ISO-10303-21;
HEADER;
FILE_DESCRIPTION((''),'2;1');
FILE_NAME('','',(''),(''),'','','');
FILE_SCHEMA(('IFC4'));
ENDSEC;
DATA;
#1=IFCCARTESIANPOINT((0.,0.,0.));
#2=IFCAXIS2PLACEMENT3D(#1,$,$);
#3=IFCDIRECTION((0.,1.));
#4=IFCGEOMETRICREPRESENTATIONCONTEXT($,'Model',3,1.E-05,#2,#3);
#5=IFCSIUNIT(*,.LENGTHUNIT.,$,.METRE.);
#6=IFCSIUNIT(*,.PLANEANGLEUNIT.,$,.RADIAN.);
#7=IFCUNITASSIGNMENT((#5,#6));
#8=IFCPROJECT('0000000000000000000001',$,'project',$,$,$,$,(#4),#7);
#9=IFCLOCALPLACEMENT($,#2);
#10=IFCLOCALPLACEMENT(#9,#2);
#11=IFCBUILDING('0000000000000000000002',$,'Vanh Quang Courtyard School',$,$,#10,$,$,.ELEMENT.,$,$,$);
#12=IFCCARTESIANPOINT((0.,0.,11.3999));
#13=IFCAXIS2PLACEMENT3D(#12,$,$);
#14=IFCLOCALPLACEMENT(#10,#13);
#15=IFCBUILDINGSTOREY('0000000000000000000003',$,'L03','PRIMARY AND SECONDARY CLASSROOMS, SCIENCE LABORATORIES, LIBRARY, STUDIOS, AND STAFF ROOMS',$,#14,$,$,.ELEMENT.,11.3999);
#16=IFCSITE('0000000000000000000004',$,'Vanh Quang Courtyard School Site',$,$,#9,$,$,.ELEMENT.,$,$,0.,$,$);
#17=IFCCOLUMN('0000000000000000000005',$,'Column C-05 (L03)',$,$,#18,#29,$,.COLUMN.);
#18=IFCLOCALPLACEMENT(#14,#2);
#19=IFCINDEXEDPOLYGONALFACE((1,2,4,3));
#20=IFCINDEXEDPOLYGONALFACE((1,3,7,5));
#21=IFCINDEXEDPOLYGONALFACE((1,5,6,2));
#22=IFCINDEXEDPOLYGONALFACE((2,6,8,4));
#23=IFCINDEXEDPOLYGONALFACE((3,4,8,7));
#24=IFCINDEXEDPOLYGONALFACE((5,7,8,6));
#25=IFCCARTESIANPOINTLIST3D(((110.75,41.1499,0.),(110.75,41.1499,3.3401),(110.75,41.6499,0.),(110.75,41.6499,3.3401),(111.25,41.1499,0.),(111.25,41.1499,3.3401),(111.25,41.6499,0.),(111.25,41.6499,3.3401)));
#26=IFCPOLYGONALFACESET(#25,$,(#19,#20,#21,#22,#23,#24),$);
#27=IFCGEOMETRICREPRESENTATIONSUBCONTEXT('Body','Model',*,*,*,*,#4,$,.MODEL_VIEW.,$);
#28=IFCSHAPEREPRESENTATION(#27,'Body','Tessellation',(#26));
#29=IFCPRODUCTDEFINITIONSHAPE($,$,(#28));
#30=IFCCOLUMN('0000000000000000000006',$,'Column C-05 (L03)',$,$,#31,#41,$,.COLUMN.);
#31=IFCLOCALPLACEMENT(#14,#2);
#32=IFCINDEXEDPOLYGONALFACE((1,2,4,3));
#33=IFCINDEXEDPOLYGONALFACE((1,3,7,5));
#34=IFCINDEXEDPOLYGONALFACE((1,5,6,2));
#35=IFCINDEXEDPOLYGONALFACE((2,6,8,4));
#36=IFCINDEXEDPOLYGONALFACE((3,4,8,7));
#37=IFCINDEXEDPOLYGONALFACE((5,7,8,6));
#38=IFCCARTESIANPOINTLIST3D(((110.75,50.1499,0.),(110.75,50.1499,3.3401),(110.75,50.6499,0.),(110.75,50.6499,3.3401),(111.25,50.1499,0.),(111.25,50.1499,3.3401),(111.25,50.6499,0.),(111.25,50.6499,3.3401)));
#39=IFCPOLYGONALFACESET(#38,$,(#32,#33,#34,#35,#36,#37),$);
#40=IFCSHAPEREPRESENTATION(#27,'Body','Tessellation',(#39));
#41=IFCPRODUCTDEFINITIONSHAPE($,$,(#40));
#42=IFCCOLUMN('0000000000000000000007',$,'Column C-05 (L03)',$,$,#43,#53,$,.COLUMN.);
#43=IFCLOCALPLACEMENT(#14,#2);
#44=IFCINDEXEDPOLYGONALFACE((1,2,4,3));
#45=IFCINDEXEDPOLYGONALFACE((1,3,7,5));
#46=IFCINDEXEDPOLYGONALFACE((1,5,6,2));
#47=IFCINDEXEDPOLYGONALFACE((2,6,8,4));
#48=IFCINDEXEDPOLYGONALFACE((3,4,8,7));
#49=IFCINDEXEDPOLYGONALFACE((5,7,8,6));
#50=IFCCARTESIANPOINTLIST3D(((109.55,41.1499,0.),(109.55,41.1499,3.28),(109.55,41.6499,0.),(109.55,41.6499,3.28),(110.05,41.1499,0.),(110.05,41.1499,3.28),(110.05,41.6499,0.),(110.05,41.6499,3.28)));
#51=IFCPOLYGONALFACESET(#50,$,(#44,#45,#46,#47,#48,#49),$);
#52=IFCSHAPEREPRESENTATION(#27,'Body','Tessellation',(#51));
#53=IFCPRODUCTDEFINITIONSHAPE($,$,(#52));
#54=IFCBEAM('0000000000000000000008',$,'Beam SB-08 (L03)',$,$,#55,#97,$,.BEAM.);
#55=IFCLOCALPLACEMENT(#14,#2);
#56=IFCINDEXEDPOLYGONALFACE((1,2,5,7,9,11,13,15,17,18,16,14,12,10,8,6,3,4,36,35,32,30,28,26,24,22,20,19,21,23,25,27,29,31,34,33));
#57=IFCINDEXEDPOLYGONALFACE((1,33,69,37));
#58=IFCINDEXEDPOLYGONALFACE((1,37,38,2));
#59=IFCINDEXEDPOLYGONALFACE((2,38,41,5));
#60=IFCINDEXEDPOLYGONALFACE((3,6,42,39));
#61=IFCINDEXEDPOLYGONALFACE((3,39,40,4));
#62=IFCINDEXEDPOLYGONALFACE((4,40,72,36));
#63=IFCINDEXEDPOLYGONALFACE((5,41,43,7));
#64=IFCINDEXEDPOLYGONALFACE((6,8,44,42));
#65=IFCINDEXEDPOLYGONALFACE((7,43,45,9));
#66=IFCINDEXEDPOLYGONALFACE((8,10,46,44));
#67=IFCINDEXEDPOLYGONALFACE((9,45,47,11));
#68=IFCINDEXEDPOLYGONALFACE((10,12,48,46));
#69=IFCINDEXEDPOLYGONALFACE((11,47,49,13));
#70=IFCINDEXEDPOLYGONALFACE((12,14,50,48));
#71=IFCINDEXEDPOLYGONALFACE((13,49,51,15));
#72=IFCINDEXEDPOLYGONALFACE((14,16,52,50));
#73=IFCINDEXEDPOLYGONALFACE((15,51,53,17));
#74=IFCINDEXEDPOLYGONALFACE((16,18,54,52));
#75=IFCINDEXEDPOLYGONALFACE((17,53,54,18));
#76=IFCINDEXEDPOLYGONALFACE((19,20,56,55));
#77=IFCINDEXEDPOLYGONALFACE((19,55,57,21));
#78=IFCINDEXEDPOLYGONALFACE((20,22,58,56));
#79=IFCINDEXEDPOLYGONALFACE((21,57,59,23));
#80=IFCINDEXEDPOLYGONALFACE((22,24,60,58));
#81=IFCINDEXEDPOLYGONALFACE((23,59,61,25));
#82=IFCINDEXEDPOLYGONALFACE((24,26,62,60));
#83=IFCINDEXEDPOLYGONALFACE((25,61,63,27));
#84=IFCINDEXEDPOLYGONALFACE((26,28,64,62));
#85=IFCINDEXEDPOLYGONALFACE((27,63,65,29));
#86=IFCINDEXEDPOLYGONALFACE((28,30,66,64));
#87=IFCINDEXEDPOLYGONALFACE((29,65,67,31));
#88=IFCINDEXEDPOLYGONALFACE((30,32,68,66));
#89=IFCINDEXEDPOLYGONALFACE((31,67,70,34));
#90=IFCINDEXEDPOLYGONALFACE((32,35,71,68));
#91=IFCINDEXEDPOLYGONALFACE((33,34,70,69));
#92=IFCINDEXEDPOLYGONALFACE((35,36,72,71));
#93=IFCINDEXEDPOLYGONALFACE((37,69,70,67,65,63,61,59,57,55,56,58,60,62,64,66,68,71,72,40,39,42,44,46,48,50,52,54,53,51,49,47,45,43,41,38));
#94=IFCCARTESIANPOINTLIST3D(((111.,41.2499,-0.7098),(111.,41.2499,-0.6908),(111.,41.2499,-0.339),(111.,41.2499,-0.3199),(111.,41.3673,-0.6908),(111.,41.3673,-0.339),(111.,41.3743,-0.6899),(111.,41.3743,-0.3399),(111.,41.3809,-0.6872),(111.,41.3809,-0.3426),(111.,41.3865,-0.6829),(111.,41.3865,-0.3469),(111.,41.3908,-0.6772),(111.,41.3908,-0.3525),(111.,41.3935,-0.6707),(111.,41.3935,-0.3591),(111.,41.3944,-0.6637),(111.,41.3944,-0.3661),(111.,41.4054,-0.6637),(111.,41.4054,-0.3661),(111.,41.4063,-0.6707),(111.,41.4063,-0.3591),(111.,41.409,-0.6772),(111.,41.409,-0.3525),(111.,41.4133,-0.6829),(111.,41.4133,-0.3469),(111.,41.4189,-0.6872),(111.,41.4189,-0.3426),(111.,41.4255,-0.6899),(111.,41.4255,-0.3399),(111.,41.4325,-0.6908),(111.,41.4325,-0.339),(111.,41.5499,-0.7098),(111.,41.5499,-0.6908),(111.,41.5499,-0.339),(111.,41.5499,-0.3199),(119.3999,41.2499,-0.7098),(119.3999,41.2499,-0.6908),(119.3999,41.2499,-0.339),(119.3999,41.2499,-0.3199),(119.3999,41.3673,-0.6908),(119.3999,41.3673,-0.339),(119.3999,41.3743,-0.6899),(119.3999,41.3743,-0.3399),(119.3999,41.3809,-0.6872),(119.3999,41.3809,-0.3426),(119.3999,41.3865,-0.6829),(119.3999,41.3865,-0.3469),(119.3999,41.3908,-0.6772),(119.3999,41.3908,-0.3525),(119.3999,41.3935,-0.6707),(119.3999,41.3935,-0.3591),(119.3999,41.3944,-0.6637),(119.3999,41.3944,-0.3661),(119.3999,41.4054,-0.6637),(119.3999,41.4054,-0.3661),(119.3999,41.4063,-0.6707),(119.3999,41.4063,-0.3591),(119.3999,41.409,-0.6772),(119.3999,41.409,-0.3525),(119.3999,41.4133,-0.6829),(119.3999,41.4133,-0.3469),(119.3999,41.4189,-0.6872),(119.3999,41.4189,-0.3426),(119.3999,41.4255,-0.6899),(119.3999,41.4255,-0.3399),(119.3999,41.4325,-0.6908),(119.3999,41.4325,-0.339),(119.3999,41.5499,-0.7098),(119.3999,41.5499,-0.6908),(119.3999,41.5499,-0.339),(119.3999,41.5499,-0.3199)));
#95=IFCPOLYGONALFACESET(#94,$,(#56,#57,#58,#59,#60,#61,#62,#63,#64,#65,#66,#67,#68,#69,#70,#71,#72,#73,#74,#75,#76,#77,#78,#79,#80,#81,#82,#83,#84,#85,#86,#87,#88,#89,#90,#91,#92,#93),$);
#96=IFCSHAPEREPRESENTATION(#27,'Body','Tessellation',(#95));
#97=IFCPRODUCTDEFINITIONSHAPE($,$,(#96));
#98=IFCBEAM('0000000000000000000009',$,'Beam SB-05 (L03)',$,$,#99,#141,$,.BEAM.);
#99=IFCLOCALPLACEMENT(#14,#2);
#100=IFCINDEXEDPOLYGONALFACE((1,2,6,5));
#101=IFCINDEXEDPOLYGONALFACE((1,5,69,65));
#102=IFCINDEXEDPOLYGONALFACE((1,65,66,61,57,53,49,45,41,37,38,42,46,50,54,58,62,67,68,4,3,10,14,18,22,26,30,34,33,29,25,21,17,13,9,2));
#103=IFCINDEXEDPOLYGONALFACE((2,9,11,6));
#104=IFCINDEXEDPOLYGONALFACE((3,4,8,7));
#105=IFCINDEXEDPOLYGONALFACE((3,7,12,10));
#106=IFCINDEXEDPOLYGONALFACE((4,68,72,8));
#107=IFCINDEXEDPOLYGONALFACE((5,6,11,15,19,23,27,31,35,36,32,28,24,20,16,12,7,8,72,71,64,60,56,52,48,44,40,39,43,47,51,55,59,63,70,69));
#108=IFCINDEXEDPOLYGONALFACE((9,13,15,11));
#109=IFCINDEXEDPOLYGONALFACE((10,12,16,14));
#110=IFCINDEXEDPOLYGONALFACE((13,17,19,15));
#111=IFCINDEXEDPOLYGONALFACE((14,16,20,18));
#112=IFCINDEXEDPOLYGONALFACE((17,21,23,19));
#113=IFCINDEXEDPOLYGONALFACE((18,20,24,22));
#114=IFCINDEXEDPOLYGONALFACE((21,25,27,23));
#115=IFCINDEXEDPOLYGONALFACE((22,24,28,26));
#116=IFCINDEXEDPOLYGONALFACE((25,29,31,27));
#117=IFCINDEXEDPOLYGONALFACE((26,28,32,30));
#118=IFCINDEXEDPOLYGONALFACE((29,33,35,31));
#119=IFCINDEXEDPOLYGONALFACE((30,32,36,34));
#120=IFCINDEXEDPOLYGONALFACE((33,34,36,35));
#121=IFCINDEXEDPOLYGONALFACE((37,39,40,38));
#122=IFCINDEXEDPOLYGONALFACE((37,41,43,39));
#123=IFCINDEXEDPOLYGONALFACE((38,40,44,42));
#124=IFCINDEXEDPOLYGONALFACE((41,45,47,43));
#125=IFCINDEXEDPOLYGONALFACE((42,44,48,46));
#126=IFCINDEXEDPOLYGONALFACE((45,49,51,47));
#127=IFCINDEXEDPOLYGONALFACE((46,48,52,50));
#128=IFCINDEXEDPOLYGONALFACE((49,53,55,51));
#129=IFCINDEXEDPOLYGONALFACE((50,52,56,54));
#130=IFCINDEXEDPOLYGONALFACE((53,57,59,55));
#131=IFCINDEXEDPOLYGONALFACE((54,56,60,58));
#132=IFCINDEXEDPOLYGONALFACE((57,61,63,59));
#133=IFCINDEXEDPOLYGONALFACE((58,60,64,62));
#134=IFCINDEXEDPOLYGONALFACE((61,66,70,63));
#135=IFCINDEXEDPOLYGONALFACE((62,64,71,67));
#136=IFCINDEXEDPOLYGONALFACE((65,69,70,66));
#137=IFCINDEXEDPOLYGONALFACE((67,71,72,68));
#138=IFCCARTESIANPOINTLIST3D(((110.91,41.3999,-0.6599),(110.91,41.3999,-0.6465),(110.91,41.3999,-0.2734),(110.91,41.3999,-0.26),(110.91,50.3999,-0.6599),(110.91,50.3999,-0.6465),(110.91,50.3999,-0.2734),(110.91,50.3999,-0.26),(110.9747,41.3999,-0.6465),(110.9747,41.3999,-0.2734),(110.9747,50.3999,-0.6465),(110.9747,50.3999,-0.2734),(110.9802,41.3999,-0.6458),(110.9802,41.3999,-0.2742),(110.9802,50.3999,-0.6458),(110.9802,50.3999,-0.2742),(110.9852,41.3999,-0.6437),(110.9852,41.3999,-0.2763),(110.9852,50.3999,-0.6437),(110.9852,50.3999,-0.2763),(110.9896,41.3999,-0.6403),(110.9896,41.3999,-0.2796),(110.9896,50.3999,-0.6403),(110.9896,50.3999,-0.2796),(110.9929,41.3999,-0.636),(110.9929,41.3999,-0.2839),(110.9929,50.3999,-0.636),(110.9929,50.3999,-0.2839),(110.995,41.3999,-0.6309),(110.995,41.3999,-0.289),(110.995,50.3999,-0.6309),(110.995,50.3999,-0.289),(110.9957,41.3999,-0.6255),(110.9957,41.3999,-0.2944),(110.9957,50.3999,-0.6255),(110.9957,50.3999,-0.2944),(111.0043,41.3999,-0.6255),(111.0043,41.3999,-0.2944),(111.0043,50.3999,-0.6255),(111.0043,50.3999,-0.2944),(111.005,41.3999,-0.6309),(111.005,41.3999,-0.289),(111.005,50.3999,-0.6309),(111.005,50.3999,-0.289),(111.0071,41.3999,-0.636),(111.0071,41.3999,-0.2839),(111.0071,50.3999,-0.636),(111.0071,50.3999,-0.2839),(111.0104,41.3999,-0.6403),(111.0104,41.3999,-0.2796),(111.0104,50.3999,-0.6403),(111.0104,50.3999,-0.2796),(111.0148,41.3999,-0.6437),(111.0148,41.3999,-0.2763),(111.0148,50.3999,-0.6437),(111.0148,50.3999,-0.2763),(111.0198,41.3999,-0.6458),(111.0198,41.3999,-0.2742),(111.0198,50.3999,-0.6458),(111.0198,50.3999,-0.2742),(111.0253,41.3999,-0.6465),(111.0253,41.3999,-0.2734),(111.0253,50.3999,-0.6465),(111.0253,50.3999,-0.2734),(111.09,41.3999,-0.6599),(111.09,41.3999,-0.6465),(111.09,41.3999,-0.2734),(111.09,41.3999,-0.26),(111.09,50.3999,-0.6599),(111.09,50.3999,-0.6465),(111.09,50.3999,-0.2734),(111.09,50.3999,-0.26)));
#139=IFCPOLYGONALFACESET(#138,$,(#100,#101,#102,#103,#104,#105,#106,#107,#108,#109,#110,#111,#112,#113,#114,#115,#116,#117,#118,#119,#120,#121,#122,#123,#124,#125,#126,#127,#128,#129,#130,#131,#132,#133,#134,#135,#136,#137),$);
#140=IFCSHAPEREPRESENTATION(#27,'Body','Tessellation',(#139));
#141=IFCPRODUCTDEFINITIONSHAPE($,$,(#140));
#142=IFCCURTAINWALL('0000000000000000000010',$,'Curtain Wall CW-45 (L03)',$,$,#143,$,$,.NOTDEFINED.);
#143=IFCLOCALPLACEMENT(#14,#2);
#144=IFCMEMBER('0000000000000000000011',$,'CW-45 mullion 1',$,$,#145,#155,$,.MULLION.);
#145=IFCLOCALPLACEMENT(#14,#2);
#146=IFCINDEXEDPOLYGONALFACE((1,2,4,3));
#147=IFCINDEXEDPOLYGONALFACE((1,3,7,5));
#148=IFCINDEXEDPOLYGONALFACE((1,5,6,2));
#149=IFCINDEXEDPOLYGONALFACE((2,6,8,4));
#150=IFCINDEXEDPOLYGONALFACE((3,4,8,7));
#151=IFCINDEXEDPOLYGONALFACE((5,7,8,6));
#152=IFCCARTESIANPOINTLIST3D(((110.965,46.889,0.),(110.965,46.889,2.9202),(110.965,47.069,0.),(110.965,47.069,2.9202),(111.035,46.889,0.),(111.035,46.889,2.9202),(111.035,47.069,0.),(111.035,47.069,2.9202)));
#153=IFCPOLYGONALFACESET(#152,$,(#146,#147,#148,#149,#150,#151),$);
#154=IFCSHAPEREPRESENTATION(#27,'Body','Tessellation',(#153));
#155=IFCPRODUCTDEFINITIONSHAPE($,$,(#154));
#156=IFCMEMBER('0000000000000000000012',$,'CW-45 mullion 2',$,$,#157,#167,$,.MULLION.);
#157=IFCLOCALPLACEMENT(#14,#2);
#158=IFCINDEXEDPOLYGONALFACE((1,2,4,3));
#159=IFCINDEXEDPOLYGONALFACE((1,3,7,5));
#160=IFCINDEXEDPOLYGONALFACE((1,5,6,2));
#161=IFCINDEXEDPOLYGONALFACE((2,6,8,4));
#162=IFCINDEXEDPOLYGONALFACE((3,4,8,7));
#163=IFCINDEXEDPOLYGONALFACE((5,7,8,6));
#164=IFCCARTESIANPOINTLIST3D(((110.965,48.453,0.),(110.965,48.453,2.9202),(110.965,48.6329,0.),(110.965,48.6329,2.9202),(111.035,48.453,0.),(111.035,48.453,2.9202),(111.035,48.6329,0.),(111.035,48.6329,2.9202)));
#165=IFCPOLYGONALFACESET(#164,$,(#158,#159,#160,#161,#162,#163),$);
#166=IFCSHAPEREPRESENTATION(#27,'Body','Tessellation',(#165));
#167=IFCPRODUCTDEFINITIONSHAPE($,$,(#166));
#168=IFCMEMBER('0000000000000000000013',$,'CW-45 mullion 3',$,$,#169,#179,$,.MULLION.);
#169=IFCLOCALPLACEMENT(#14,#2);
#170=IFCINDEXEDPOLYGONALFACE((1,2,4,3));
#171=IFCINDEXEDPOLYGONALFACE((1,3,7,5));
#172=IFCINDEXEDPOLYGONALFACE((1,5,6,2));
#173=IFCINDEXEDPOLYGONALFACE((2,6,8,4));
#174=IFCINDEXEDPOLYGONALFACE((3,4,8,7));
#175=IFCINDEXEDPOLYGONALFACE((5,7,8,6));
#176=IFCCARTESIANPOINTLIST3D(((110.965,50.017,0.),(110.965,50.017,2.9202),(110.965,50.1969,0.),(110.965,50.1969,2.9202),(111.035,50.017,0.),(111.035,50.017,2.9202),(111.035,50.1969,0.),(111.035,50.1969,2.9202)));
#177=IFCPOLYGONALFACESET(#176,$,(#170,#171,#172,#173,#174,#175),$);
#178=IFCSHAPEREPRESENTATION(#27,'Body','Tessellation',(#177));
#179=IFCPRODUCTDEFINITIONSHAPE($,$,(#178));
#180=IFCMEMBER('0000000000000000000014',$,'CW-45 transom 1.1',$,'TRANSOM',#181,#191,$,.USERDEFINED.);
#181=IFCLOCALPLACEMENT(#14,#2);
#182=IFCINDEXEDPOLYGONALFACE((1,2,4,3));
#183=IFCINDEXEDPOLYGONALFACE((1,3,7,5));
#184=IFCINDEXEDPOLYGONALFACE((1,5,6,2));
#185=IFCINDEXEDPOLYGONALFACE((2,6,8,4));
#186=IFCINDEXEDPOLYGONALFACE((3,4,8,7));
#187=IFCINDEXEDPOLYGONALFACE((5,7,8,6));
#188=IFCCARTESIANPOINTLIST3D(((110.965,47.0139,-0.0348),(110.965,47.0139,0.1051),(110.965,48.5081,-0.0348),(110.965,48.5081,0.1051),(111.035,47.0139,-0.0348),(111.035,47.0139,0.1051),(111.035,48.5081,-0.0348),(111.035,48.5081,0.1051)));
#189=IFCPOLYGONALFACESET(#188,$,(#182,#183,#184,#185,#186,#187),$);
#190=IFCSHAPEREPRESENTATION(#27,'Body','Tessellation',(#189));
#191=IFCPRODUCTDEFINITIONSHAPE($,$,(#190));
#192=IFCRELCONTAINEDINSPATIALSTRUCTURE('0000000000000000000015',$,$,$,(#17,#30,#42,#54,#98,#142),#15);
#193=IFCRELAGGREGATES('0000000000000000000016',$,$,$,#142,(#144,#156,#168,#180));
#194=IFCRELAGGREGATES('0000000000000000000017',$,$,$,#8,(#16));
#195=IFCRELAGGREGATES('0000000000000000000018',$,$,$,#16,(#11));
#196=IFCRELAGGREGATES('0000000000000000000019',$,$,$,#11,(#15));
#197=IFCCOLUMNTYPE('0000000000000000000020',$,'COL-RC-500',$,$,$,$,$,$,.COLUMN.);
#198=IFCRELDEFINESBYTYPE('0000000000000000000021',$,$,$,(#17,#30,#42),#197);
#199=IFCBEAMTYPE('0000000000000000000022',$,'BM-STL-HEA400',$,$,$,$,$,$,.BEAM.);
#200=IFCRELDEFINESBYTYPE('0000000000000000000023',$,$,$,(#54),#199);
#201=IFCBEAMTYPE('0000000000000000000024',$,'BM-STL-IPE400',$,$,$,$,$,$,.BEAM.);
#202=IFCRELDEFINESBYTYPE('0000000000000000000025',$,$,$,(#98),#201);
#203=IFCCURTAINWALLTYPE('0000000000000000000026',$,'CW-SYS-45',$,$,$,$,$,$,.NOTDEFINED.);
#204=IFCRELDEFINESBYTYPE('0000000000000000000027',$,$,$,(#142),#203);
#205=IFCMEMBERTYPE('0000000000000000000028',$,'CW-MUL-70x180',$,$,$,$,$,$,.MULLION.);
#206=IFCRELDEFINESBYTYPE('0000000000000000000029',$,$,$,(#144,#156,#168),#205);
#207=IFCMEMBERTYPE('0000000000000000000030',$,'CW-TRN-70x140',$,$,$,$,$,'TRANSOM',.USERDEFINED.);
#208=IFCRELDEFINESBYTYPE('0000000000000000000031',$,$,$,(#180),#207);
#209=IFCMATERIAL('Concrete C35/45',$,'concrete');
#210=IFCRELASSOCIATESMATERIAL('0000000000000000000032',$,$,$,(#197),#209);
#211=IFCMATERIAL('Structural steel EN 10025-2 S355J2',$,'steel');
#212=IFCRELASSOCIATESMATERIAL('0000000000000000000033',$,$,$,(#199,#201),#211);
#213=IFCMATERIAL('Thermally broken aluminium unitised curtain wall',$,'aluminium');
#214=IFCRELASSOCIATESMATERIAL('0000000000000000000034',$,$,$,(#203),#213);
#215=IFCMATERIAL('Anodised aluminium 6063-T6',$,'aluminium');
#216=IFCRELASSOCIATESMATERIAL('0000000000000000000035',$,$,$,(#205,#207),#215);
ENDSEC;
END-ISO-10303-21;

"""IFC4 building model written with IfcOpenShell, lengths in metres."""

from ifc_helpers import new_model, si_unit, direction, frame, origin, origin_2d, place, context, subcontext, project, spatial, rectangle, i_section, extrude, material, material_profile, profile_set, type_object, element, aggregate, save


model = new_model("IFC4")

# Units and contexts
model_context = context("Model", 3, precision=1e-05, world=origin(), true_north=direction((0.0, 1.0)))
body_context = subcontext(model_context, "Body", "Model", "MODEL_VIEW")
ifc_project = project(units=[si_unit("LENGTHUNIT", "METRE"), si_unit("PLANEANGLEUNIT", "RADIAN")], contexts=[model_context])

# Site, building, storey
site_placement = place(None, origin())
site = spatial("IfcSite", under=ifc_project, at=site_placement, Name="Vanh Quang Courtyard School Site", CompositionType="ELEMENT", RefElevation=0.0)
building_placement = place(site_placement, origin())
building = spatial("IfcBuilding", under=site, at=building_placement, Name="Vanh Quang Courtyard School", CompositionType="ELEMENT")
storey_placement = place(building_placement, frame((0.0, 0.0, 11.3999)))
storey = spatial("IfcBuildingStorey", under=building, at=storey_placement, Name="L03", Description="PRIMARY AND SECONDARY CLASSROOMS, SCIENCE LABORATORIES, LIBRARY, STUDIOS, AND STAFF ROOMS", CompositionType="ELEMENT", Elevation=11.3999)

# Columns
ifc_material_1 = material(Name="Concrete C35/45", Category="concrete")
ifc_material_profile_1 = material_profile(ifc_material_1, rectangle(XDim=0.5, YDim=0.5, at=origin_2d()), Name="RC-COL 500x500")
ifc_profile_set_1 = profile_set([ifc_material_profile_1], Name="Concrete C35/45")
column_type = type_object("IfcColumnType", Name="COL-RC-500", PredefinedType="COLUMN", material=ifc_profile_set_1)
for number, where, z_axis, x_axis, name in (
    (1, (111.0, 41.3999, 0.0), (0.0, 0.0, 1.0), (1.0, 0.0, 0.0), "Column C-05 (L03)"),
    (2, (111.0, 50.3999, 0.0), (0.0, 0.0, 1.0), (1.0, 0.0, 0.0), "Column C-05 (L03)"),
):
    element("IfcColumn", number, at=place(storey_placement, frame(where, z_axis=z_axis, x_axis=x_axis)), inside=storey, type_object=column_type, Name=name, PredefinedType="COLUMN", context=body_context, shape_type="SweptSolid", body=[
        extrude(rectangle(XDim=0.5, YDim=0.5, at=origin_2d()), origin(), (0.0, 0.0, 1.0), 3.3401),
    ])
column_placement = place(storey_placement, frame((109.8, 41.3999, 0.0), z_axis=(0.0, 0.0, 1.0), x_axis=(1.0, 0.0, 0.0)))
element("IfcColumn", 3, at=column_placement, inside=storey, type_object=column_type, Name="Column C-05 (L03)", PredefinedType="COLUMN", context=body_context, shape_type="SweptSolid", body=[
    extrude(rectangle(XDim=0.5, YDim=0.5, at=origin_2d()), origin(), (0.0, 0.0, 1.0), 3.28),
])

# Beams
ifc_material_2 = material(Name="Structural steel EN 10025-2 S355J2", Category="steel")
ifc_material_profile_2 = material_profile(ifc_material_2, i_section(OverallWidth=0.3, OverallDepth=0.3899, WebThickness=0.011, FlangeThickness=0.019, FilletRadius=0.0271, at=origin_2d()), Name="HEA 400")
ifc_profile_set_2 = profile_set([ifc_material_profile_2], Name="Structural steel EN 10025-2 S355J2")
beam_type_1 = type_object("IfcBeamType", Name="BM-STL-HEA400", PredefinedType="BEAM", material=ifc_profile_set_2)
beam_1_placement = place(storey_placement, frame((111.0, 41.3999, -0.5149), z_axis=(1.0, 0.0, 0.0), x_axis=(0.0, 1.0, 0.0)))
element("IfcBeam", 4, at=beam_1_placement, inside=storey, type_object=beam_type_1, Name="Beam SB-08 (L03)", PredefinedType="BEAM", context=body_context, shape_type="SweptSolid", body=[
    extrude(i_section(OverallWidth=0.3, OverallDepth=0.3899, WebThickness=0.011, FlangeThickness=0.019, FilletRadius=0.0271, at=origin_2d()), origin(), (0.0, 0.0, 1.0), 8.3999),
])
ifc_material_profile_3 = material_profile(ifc_material_2, i_section(OverallWidth=0.1799, OverallDepth=0.3999, WebThickness=0.0085, FlangeThickness=0.0134, FilletRadius=0.021, at=origin_2d()), Name="IPE 400")
ifc_profile_set_3 = profile_set([ifc_material_profile_3], Name="Structural steel EN 10025-2 S355J2")
beam_type_2 = type_object("IfcBeamType", Name="BM-STL-IPE400", PredefinedType="BEAM", material=ifc_profile_set_3)
beam_2_placement = place(storey_placement, frame((111.0, 41.3999, -0.46), z_axis=(0.0, 1.0, 0.0), x_axis=(-1.0, 0.0, 0.0)))
element("IfcBeam", 5, at=beam_2_placement, inside=storey, type_object=beam_type_2, Name="Beam SB-05 (L03)", PredefinedType="BEAM", context=body_context, shape_type="SweptSolid", body=[
    extrude(i_section(OverallWidth=0.1799, OverallDepth=0.3999, WebThickness=0.0085, FlangeThickness=0.0134, FilletRadius=0.021, at=origin_2d()), origin(), (0.0, 0.0, 1.0), 9.0),
])

# Curtain wall, members
ifc_material_3 = material(Name="Thermally broken aluminium unitised curtain wall", Category="aluminium")
curtain_wall_type = type_object("IfcCurtainWallType", Name="CW-SYS-45", PredefinedType="NOTDEFINED", material=ifc_material_3)
curtain_wall_placement = place(storey_placement, origin())
curtain_wall = element("IfcCurtainWall", 6, at=curtain_wall_placement, inside=storey, type_object=curtain_wall_type, Name="Curtain Wall CW-45 (L03)", PredefinedType="NOTDEFINED")
ifc_material_4 = material(Name="Anodised aluminium 6063-T6", Category="aluminium")
ifc_material_profile_4 = material_profile(ifc_material_4, rectangle(XDim=0.0701, YDim=0.1799, at=origin_2d()), Name="ALU-MUL 70x180")
ifc_profile_set_4 = profile_set([ifc_material_profile_4], Name="Anodised aluminium 6063-T6")
member_type_1 = type_object("IfcMemberType", Name="CW-MUL-70x180", PredefinedType="MULLION", material=ifc_profile_set_4)
member_1_placement = place(storey_placement, frame((111.0, 46.979, 0.0), z_axis=(0.0, 0.0, 1.0), x_axis=(-1.0, 0.0, 0.0)))
member_1 = element("IfcMember", 7, at=member_1_placement, type_object=member_type_1, Name="CW-45 mullion 1", PredefinedType="MULLION", context=body_context, shape_type="SweptSolid", body=[
    extrude(rectangle(XDim=0.0701, YDim=0.1799, at=origin_2d()), origin(), (0.0, 0.0, 1.0), 2.9202),
])
member_2_placement = place(storey_placement, frame((111.0, 48.543, 0.0), z_axis=(0.0, 0.0, 1.0), x_axis=(-1.0, 0.0, 0.0)))
member_2 = element("IfcMember", 8, at=member_2_placement, type_object=member_type_1, Name="CW-45 mullion 2", PredefinedType="MULLION", context=body_context, shape_type="SweptSolid", body=[
    extrude(rectangle(XDim=0.0701, YDim=0.1799, at=origin_2d()), origin(), (0.0, 0.0, 1.0), 2.9202),
])
member_3_placement = place(storey_placement, frame((111.0, 50.1069, 0.0), z_axis=(0.0, 0.0, 1.0), x_axis=(-1.0, 0.0, 0.0)))
member_3 = element("IfcMember", 9, at=member_3_placement, type_object=member_type_1, Name="CW-45 mullion 3", PredefinedType="MULLION", context=body_context, shape_type="SweptSolid", body=[
    extrude(rectangle(XDim=0.0701, YDim=0.1799, at=origin_2d()), origin(), (0.0, 0.0, 1.0), 2.9202),
])
ifc_material_profile_5 = material_profile(ifc_material_4, rectangle(XDim=0.0701, YDim=0.1399, at=origin_2d()), Name="ALU-TRN 70x140")
ifc_profile_set_5 = profile_set([ifc_material_profile_5], Name="Anodised aluminium 6063-T6")
member_type_2 = type_object("IfcMemberType", Name="CW-TRN-70x140", ElementType="TRANSOM", PredefinedType="USERDEFINED", material=ifc_profile_set_5)
member_4_placement = place(storey_placement, frame((111.0, 47.0139, 0.0352), z_axis=(0.0, 1.0, 0.0), x_axis=(-1.0, 0.0, 0.0)))
member_4 = element("IfcMember", 10, at=member_4_placement, type_object=member_type_2, Name="CW-45 transom 1.1", ObjectType="TRANSOM", PredefinedType="USERDEFINED", context=body_context, shape_type="SweptSolid", body=[
    extrude(rectangle(XDim=0.0701, YDim=0.1399, at=origin_2d()), origin(), (0.0, 0.0, 1.0), 1.4941),
])
aggregate(curtain_wall, [member_1, member_2, member_3, member_4])

save(model, "model.ifc")
